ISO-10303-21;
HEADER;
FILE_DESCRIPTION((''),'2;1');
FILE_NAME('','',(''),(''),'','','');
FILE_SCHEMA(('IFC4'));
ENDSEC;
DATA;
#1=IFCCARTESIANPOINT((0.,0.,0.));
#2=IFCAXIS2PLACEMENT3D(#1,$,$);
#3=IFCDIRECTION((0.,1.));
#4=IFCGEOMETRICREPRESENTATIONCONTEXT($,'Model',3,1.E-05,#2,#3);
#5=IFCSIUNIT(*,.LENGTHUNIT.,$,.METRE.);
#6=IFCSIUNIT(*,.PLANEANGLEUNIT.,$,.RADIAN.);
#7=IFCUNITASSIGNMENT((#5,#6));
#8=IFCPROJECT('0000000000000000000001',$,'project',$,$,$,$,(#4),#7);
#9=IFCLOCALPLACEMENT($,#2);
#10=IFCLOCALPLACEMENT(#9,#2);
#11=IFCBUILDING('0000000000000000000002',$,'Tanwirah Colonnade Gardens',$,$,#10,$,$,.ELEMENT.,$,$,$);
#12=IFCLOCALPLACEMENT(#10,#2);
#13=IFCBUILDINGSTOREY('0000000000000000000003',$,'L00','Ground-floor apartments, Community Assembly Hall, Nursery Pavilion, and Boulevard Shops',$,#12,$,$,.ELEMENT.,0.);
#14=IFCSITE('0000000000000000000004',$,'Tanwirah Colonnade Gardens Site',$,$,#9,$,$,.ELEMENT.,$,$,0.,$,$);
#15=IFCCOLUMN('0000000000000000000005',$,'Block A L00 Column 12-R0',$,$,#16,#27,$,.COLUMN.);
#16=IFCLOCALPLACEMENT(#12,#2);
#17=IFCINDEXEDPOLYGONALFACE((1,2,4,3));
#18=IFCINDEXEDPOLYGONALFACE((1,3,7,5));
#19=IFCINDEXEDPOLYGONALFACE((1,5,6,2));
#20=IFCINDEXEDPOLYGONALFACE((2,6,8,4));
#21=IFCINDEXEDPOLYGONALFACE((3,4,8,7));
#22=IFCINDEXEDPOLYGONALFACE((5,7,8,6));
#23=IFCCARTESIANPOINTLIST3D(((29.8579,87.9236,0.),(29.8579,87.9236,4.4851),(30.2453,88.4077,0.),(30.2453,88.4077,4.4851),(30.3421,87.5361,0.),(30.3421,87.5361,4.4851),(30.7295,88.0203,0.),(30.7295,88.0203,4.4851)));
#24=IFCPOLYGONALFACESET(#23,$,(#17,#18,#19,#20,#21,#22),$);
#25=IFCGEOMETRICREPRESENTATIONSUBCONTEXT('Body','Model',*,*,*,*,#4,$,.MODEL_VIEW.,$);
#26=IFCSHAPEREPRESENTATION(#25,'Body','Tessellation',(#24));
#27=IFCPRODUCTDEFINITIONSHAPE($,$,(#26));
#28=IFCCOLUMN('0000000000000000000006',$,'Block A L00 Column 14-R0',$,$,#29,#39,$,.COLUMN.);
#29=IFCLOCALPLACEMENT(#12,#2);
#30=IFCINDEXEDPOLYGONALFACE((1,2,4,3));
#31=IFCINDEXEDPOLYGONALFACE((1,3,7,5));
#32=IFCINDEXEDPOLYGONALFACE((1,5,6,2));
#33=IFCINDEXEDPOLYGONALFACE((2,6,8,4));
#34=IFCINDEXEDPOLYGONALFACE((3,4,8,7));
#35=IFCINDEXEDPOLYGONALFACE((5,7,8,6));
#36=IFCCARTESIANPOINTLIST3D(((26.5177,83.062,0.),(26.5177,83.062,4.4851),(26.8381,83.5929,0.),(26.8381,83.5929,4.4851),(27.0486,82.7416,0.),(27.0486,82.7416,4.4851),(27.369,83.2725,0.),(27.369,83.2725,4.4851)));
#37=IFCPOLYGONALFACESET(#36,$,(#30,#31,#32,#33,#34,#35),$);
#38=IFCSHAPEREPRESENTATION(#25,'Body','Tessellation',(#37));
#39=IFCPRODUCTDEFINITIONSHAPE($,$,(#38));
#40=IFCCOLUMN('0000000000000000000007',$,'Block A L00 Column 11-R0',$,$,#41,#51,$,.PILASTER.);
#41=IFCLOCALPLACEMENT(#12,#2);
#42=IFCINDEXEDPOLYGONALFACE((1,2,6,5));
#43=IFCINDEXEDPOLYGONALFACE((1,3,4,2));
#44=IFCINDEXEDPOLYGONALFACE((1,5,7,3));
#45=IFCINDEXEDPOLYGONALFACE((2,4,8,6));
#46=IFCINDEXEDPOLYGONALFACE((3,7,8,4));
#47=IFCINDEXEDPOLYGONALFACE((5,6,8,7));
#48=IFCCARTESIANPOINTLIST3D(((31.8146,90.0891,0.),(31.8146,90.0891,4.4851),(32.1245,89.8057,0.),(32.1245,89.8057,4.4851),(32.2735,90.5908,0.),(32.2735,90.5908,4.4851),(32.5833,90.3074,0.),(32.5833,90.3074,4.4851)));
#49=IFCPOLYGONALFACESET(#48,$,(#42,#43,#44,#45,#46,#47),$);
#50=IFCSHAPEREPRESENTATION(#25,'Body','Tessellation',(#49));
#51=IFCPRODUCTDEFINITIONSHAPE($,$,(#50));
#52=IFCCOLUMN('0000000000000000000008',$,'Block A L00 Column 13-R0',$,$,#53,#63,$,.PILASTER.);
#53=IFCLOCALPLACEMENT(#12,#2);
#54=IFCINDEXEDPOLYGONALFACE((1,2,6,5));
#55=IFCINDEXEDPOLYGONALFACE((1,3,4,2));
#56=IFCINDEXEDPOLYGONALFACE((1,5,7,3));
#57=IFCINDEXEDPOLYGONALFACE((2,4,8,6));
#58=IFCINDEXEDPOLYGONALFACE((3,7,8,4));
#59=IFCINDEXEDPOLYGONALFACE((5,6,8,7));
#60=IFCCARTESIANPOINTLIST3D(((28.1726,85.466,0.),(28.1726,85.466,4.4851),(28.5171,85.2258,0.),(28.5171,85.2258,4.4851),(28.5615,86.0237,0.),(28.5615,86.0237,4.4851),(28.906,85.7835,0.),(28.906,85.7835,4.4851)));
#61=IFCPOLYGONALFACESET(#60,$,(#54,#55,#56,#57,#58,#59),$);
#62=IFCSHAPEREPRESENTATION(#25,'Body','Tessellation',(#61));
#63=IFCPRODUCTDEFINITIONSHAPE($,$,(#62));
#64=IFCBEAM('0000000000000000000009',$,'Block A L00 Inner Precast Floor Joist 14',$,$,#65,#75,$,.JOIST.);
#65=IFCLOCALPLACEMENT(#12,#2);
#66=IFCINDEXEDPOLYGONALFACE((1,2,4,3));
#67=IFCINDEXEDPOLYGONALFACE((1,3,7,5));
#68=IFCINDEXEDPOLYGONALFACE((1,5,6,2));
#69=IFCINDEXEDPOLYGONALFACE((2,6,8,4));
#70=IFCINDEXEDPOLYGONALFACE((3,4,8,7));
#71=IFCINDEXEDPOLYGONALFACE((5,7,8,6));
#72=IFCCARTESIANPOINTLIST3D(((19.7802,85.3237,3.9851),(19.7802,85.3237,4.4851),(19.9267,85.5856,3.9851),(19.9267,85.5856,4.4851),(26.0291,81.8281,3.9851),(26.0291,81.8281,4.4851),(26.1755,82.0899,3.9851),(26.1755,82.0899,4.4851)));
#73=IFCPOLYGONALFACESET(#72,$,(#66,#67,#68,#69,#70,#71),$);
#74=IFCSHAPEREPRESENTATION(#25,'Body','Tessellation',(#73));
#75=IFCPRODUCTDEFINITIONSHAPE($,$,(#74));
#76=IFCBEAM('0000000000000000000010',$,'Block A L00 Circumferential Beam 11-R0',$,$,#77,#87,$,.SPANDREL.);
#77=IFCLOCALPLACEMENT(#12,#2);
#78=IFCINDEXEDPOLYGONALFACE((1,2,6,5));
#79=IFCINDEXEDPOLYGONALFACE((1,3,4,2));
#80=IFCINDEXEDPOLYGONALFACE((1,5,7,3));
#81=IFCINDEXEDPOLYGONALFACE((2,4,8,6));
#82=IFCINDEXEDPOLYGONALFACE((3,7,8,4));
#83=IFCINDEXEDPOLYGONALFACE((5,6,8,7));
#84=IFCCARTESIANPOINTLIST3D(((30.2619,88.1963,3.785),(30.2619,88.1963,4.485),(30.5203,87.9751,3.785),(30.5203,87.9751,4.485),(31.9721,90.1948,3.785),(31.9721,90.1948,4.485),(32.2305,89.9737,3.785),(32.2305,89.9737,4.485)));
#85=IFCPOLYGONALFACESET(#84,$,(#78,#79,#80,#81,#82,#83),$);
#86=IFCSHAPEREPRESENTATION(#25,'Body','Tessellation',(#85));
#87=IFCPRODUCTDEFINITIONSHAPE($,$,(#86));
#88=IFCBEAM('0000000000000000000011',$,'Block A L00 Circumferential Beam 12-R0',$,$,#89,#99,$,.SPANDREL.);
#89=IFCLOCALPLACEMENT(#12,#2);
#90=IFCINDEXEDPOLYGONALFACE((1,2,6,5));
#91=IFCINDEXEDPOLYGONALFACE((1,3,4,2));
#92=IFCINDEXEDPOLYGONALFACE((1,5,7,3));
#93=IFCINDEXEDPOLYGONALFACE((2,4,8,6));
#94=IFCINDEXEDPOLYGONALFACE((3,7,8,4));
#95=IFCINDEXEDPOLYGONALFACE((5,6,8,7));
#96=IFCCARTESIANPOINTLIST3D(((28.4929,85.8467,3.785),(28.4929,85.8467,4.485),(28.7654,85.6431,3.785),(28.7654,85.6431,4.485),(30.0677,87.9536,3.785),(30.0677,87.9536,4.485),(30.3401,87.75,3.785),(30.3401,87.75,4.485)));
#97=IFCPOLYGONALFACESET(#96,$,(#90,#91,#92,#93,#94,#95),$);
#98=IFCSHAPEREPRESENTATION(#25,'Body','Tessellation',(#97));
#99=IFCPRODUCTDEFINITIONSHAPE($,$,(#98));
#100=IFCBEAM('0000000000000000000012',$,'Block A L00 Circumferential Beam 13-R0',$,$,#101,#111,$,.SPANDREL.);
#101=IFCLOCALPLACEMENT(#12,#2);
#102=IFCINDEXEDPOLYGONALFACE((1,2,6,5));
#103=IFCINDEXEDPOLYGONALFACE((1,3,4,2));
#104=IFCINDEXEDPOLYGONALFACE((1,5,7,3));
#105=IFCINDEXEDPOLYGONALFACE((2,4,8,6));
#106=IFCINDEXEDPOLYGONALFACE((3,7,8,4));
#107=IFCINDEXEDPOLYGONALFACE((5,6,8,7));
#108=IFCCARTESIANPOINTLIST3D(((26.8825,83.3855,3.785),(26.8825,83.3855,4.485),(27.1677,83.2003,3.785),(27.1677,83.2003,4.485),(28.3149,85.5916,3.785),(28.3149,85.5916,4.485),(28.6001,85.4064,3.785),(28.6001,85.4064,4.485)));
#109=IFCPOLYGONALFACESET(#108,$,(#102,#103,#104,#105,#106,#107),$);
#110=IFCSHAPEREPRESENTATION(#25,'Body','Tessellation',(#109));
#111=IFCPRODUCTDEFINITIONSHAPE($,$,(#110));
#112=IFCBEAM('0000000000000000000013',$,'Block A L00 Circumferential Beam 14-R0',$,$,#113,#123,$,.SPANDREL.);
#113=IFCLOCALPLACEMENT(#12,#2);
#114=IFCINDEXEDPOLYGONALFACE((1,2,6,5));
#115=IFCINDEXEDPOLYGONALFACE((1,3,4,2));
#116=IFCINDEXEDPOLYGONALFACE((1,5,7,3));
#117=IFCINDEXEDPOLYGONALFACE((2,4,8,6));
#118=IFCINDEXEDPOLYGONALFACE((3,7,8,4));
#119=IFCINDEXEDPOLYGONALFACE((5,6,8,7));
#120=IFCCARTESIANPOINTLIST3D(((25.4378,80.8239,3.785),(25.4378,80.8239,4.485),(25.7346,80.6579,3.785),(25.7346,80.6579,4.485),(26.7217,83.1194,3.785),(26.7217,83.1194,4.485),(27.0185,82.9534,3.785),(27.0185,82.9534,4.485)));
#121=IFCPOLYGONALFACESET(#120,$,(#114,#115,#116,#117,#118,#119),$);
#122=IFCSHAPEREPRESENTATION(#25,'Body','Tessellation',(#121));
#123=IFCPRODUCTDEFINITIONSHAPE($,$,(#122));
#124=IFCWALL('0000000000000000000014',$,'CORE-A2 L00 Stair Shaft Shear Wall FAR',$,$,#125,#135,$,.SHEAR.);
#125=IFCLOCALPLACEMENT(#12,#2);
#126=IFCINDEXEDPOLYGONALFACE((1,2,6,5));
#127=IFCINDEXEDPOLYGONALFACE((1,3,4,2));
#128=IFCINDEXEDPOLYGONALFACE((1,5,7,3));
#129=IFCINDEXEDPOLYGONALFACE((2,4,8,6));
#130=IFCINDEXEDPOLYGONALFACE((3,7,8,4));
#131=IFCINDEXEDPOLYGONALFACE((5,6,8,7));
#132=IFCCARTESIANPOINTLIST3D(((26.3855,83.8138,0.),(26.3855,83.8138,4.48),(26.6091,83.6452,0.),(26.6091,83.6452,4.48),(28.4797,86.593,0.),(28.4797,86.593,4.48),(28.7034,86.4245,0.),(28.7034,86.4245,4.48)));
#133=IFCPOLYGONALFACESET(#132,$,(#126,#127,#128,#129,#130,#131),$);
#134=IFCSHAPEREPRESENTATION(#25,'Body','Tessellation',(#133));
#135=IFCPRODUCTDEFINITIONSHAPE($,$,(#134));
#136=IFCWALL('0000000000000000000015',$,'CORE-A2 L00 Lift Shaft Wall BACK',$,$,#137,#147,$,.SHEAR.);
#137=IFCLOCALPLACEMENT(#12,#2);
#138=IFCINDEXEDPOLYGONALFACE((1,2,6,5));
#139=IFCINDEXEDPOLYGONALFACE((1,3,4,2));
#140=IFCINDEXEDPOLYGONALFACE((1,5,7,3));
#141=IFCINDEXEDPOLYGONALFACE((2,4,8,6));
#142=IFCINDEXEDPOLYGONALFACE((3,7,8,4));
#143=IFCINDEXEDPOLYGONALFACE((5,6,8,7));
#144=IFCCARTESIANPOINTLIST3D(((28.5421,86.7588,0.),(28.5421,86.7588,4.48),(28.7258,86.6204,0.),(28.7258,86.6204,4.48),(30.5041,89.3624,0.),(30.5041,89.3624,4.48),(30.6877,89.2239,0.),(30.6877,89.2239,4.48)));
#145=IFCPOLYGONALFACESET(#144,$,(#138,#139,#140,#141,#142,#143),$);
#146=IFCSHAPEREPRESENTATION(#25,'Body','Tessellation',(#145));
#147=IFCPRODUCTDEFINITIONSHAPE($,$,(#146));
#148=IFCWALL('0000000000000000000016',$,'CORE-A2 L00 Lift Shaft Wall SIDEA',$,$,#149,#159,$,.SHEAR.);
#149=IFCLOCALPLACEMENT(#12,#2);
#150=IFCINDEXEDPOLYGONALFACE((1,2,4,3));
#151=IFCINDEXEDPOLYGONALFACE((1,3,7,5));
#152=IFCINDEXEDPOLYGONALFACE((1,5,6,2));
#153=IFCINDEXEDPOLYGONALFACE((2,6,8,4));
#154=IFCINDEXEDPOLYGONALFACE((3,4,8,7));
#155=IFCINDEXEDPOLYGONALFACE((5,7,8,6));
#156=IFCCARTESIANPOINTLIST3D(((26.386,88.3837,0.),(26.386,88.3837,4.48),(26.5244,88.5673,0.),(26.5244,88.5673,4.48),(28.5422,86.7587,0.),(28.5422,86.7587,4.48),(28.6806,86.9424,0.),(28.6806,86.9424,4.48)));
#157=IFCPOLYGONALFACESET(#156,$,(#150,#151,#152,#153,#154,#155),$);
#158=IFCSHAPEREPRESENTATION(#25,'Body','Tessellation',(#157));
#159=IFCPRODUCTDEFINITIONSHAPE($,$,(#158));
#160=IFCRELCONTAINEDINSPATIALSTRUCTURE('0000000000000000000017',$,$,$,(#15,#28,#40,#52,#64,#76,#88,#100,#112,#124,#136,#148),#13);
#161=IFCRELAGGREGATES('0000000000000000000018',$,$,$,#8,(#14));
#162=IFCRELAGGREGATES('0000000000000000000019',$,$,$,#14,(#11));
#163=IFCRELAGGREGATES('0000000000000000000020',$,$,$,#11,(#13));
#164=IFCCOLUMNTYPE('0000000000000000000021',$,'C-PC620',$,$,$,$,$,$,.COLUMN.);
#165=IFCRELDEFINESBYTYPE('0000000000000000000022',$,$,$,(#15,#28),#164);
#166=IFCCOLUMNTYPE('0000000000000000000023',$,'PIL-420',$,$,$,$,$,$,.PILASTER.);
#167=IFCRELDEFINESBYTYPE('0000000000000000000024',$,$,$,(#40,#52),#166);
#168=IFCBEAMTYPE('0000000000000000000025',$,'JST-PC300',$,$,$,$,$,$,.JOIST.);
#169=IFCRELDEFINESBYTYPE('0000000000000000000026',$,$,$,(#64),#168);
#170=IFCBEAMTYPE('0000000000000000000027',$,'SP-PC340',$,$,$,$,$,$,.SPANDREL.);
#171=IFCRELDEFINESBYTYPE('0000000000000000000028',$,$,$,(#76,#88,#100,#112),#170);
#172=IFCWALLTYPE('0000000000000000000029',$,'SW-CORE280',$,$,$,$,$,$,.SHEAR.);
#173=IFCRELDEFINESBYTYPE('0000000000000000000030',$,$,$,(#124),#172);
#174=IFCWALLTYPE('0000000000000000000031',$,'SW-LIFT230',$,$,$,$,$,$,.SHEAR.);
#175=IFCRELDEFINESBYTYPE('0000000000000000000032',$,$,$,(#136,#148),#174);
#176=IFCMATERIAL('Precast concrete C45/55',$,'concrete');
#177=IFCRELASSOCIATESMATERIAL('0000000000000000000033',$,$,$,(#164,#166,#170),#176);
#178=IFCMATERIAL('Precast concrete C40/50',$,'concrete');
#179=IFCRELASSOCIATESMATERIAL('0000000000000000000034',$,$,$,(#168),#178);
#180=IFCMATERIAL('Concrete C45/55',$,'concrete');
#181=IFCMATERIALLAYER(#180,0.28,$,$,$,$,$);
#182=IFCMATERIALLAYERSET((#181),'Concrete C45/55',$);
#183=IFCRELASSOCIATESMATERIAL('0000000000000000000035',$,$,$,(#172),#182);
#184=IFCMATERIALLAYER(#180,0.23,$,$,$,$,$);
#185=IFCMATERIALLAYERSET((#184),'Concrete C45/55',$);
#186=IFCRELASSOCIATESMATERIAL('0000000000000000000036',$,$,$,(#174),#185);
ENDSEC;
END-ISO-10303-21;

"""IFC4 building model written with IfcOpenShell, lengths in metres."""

from ifc_helpers import new_model, si_unit, direction, frame, frame_2d, origin, origin_2d, place, context, subcontext, project, spatial, rectangle, extrude, material, layer, layer_set, material_profile, profile_set, type_object, element, save


model = new_model("IFC4")

# Units and contexts
model_context = context("Model", 3, precision=1e-05, world=origin(), true_north=direction((0.0, 1.0)))
body_context = subcontext(model_context, "Body", "Model", "MODEL_VIEW")
ifc_project = project(units=[si_unit("LENGTHUNIT", "METRE"), si_unit("PLANEANGLEUNIT", "RADIAN")], contexts=[model_context])

# Site, building, storey
site_placement = place(None, origin())
site = spatial("IfcSite", under=ifc_project, at=site_placement, Name="Tanwirah Colonnade Gardens Site", CompositionType="ELEMENT", RefElevation=0.0)
building_placement = place(site_placement, origin())
building = spatial("IfcBuilding", under=site, at=building_placement, Name="Tanwirah Colonnade Gardens", CompositionType="ELEMENT")
storey_placement = place(building_placement, origin())
storey = spatial("IfcBuildingStorey", under=building, at=storey_placement, Name="L00", Description="Ground-floor apartments, Community Assembly Hall, Nursery Pavilion, and Boulevard Shops", CompositionType="ELEMENT", Elevation=0.0)

# Columns
ifc_material_1 = material(Name="Precast concrete C45/55", Category="concrete")
ifc_material_profile_1 = material_profile(ifc_material_1, rectangle(XDim=0.6201, YDim=0.6201, at=origin_2d()), Name="PC-COL 620x620")
ifc_profile_set_1 = profile_set([ifc_material_profile_1], Name="Precast concrete C45/55")
column_type_1 = type_object("IfcColumnType", Name="C-PC620", PredefinedType="COLUMN", material=ifc_profile_set_1)
for number, where, z_axis, x_axis, name in (
    (1, (30.2937, 87.9719, 0.0), (0.0, 0.0, 1.0), (-0.780794, 0.624788, 0.0), "Block A L00 Column 12-R0"),
    (2, (26.9434, 83.1672, 0.0), (0.0, 0.0, 1.0), (-0.856167, 0.516699, 0.0), "Block A L00 Column 14-R0"),
):
    element("IfcColumn", number, at=place(storey_placement, frame(where, z_axis=z_axis, x_axis=x_axis)), inside=storey, type_object=column_type_1, Name=name, PredefinedType="COLUMN", context=body_context, shape_type="SweptSolid", body=[
        extrude(rectangle(XDim=0.6201, YDim=0.6201, at=origin_2d()), origin(), (0.0, 0.0, 1.0), 4.4851),
    ])
ifc_material_profile_2 = material_profile(ifc_material_1, rectangle(XDim=0.4199, YDim=0.6799, at=origin_2d()), Name="PC-PIL 420x680")
ifc_profile_set_2 = profile_set([ifc_material_profile_2], Name="Precast concrete C45/55")
column_type_2 = type_object("IfcColumnType", Name="PIL-420", PredefinedType="PILASTER", material=ifc_profile_set_2)
for number, where, z_axis, x_axis, name in (
    (3, (32.199, 90.1982, 0.0), (0.0, 0.0, 1.0), (-0.737932, 0.674875, 0.0), "Block A L00 Column 11-R0"),
    (4, (28.5393, 85.6248, 0.0), (0.0, 0.0, 1.0), (-0.820263, 0.571987, 0.0), "Block A L00 Column 13-R0"),
):
    element("IfcColumn", number, at=place(storey_placement, frame(where, z_axis=z_axis, x_axis=x_axis)), inside=storey, type_object=column_type_2, Name=name, PredefinedType="PILASTER", context=body_context, shape_type="SweptSolid", body=[
        extrude(rectangle(XDim=0.4199, YDim=0.6799, at=origin_2d()), origin(), (0.0, 0.0, 1.0), 4.4851),
    ])

# Beams
ifc_material_2 = material(Name="Precast concrete C40/50", Category="concrete")
ifc_material_profile_3 = material_profile(ifc_material_2, rectangle(XDim=0.3, YDim=0.5, at=origin_2d()), Name="PC-JST 300x500")
ifc_profile_set_3 = profile_set([ifc_material_profile_3], Name="Precast concrete C40/50")
beam_type_1 = type_object("IfcBeamType", Name="JST-PC300", PredefinedType="JOIST", material=ifc_profile_set_3)
beam_1_placement = place(storey_placement, frame((26.1023, 81.959, 4.2351), z_axis=(-0.872727, 0.488209, 0.0), x_axis=(-0.488209, -0.872727, 0.0)))
element("IfcBeam", 5, at=beam_1_placement, inside=storey, type_object=beam_type_1, Name="Block A L00 Inner Precast Floor Joist 14", PredefinedType="JOIST", context=body_context, shape_type="SweptSolid", body=[
    extrude(rectangle(XDim=0.3, YDim=0.5, at=origin_2d()), origin(), (0.0, 0.0, 1.0), 7.1602),
])
ifc_material_profile_4 = material_profile(ifc_material_1, rectangle(XDim=0.3401, YDim=0.7, at=origin_2d()), Name="PC-SP 340x700")
ifc_profile_set_4 = profile_set([ifc_material_profile_4], Name="Precast concrete C45/55")
beam_type_2 = type_object("IfcBeamType", Name="SP-PC340", PredefinedType="SPANDREL", material=ifc_profile_set_4)
for number, where, z_axis, x_axis, name in (
    (6, (32.1013, 90.0842, 4.135), (-0.650172, -0.759787, 0.0), (0.759787, -0.650172, 0.0), "Block A L00 Circumferential Beam 11-R0"),
    (7, (30.2039, 87.8518, 4.135), (-0.598663, -0.801001, 0.0), (0.801001, -0.598663, 0.0), "Block A L00 Circumferential Beam 12-R0"),
    (8, (28.4575, 85.499, 4.135), (-0.544571, -0.838715, 0.0), (0.838715, -0.544571, 0.0), "Block A L00 Circumferential Beam 13-R0"),
):
    element("IfcBeam", number, at=place(storey_placement, frame(where, z_axis=z_axis, x_axis=x_axis)), inside=storey, type_object=beam_type_2, Name=name, PredefinedType="SPANDREL", context=body_context, shape_type="SweptSolid", body=[
        extrude(rectangle(XDim=0.3401, YDim=0.7, at=origin_2d()), origin(), (0.0, 0.0, 1.0), 2.6304),
    ])
beam_2_placement = place(storey_placement, frame((26.8701, 83.0364, 4.135), z_axis=(-0.488171, -0.872748, 0.0), x_axis=(0.872748, -0.488171, 0.0)))
element("IfcBeam", 9, at=beam_2_placement, inside=storey, type_object=beam_type_2, Name="Block A L00 Circumferential Beam 14-R0", PredefinedType="SPANDREL", context=body_context, shape_type="SweptSolid", body=[
    extrude(rectangle(XDim=0.3401, YDim=0.7, at=origin_2d()), origin(), (0.0, 0.0, 1.0), 2.6301),
])

# Wall
ifc_material_3 = material(Name="Concrete C45/55", Category="concrete")
ifc_layer_1 = layer(ifc_material_3, 0.28)
ifc_layer_set_1 = layer_set([ifc_layer_1], Name="Concrete C45/55")
wall_type_1 = type_object("IfcWallType", Name="SW-CORE280", PredefinedType="SHEAR", material=ifc_layer_set_1)
wall_1_placement = place(storey_placement, frame((26.4973, 83.7295, 0.0), z_axis=(0.0, 0.0, 1.0), x_axis=(0.601794, 0.798651, 0.0)))
element("IfcWall", 10, at=wall_1_placement, inside=storey, type_object=wall_type_1, Name="CORE-A2 L00 Stair Shaft Shear Wall FAR", PredefinedType="SHEAR", context=body_context, shape_type="SweptSolid", body=[
    extrude(rectangle(XDim=3.48, YDim=0.28, at=frame_2d((1.74, 0.0))), origin(), (0.0, 0.0, 1.0), 4.48),
])

# Shared definitions
ifc_layer_2 = layer(ifc_material_3, 0.23)
ifc_layer_set_2 = layer_set([ifc_layer_2], Name="Concrete C45/55")
wall_type_2 = type_object("IfcWallType", Name="SW-LIFT230", PredefinedType="SHEAR", material=ifc_layer_set_2)

# Walls
wall_2_placement = place(storey_placement, frame((28.634, 86.6897, 0.0), z_axis=(0.0, 0.0, 1.0), x_axis=(0.60182, 0.798632, 0.0)))
element("IfcWall", 11, at=wall_2_placement, inside=storey, type_object=wall_type_2, Name="CORE-A2 L00 Lift Shaft Wall BACK", PredefinedType="SHEAR", context=body_context, shape_type="SweptSolid", body=[
    extrude(rectangle(XDim=3.26, YDim=0.23, at=frame_2d((1.6299, 0.0))), origin(), (0.0, 0.0, 1.0), 4.48),
])
wall_3_placement = place(storey_placement, frame((26.4551, 88.4756, 0.0), z_axis=(0.0, 0.0, 1.0), x_axis=(0.798609, -0.60185, 0.0)))
element("IfcWall", 12, at=wall_3_placement, inside=storey, type_object=wall_type_2, Name="CORE-A2 L00 Lift Shaft Wall SIDEA", PredefinedType="SHEAR", context=body_context, shape_type="SweptSolid", body=[
    extrude(rectangle(XDim=2.7, YDim=0.23, at=frame_2d((1.3501, 0.0))), origin(), (0.0, 0.0, 1.0), 4.48),
])

save(model, "model.ifc")
